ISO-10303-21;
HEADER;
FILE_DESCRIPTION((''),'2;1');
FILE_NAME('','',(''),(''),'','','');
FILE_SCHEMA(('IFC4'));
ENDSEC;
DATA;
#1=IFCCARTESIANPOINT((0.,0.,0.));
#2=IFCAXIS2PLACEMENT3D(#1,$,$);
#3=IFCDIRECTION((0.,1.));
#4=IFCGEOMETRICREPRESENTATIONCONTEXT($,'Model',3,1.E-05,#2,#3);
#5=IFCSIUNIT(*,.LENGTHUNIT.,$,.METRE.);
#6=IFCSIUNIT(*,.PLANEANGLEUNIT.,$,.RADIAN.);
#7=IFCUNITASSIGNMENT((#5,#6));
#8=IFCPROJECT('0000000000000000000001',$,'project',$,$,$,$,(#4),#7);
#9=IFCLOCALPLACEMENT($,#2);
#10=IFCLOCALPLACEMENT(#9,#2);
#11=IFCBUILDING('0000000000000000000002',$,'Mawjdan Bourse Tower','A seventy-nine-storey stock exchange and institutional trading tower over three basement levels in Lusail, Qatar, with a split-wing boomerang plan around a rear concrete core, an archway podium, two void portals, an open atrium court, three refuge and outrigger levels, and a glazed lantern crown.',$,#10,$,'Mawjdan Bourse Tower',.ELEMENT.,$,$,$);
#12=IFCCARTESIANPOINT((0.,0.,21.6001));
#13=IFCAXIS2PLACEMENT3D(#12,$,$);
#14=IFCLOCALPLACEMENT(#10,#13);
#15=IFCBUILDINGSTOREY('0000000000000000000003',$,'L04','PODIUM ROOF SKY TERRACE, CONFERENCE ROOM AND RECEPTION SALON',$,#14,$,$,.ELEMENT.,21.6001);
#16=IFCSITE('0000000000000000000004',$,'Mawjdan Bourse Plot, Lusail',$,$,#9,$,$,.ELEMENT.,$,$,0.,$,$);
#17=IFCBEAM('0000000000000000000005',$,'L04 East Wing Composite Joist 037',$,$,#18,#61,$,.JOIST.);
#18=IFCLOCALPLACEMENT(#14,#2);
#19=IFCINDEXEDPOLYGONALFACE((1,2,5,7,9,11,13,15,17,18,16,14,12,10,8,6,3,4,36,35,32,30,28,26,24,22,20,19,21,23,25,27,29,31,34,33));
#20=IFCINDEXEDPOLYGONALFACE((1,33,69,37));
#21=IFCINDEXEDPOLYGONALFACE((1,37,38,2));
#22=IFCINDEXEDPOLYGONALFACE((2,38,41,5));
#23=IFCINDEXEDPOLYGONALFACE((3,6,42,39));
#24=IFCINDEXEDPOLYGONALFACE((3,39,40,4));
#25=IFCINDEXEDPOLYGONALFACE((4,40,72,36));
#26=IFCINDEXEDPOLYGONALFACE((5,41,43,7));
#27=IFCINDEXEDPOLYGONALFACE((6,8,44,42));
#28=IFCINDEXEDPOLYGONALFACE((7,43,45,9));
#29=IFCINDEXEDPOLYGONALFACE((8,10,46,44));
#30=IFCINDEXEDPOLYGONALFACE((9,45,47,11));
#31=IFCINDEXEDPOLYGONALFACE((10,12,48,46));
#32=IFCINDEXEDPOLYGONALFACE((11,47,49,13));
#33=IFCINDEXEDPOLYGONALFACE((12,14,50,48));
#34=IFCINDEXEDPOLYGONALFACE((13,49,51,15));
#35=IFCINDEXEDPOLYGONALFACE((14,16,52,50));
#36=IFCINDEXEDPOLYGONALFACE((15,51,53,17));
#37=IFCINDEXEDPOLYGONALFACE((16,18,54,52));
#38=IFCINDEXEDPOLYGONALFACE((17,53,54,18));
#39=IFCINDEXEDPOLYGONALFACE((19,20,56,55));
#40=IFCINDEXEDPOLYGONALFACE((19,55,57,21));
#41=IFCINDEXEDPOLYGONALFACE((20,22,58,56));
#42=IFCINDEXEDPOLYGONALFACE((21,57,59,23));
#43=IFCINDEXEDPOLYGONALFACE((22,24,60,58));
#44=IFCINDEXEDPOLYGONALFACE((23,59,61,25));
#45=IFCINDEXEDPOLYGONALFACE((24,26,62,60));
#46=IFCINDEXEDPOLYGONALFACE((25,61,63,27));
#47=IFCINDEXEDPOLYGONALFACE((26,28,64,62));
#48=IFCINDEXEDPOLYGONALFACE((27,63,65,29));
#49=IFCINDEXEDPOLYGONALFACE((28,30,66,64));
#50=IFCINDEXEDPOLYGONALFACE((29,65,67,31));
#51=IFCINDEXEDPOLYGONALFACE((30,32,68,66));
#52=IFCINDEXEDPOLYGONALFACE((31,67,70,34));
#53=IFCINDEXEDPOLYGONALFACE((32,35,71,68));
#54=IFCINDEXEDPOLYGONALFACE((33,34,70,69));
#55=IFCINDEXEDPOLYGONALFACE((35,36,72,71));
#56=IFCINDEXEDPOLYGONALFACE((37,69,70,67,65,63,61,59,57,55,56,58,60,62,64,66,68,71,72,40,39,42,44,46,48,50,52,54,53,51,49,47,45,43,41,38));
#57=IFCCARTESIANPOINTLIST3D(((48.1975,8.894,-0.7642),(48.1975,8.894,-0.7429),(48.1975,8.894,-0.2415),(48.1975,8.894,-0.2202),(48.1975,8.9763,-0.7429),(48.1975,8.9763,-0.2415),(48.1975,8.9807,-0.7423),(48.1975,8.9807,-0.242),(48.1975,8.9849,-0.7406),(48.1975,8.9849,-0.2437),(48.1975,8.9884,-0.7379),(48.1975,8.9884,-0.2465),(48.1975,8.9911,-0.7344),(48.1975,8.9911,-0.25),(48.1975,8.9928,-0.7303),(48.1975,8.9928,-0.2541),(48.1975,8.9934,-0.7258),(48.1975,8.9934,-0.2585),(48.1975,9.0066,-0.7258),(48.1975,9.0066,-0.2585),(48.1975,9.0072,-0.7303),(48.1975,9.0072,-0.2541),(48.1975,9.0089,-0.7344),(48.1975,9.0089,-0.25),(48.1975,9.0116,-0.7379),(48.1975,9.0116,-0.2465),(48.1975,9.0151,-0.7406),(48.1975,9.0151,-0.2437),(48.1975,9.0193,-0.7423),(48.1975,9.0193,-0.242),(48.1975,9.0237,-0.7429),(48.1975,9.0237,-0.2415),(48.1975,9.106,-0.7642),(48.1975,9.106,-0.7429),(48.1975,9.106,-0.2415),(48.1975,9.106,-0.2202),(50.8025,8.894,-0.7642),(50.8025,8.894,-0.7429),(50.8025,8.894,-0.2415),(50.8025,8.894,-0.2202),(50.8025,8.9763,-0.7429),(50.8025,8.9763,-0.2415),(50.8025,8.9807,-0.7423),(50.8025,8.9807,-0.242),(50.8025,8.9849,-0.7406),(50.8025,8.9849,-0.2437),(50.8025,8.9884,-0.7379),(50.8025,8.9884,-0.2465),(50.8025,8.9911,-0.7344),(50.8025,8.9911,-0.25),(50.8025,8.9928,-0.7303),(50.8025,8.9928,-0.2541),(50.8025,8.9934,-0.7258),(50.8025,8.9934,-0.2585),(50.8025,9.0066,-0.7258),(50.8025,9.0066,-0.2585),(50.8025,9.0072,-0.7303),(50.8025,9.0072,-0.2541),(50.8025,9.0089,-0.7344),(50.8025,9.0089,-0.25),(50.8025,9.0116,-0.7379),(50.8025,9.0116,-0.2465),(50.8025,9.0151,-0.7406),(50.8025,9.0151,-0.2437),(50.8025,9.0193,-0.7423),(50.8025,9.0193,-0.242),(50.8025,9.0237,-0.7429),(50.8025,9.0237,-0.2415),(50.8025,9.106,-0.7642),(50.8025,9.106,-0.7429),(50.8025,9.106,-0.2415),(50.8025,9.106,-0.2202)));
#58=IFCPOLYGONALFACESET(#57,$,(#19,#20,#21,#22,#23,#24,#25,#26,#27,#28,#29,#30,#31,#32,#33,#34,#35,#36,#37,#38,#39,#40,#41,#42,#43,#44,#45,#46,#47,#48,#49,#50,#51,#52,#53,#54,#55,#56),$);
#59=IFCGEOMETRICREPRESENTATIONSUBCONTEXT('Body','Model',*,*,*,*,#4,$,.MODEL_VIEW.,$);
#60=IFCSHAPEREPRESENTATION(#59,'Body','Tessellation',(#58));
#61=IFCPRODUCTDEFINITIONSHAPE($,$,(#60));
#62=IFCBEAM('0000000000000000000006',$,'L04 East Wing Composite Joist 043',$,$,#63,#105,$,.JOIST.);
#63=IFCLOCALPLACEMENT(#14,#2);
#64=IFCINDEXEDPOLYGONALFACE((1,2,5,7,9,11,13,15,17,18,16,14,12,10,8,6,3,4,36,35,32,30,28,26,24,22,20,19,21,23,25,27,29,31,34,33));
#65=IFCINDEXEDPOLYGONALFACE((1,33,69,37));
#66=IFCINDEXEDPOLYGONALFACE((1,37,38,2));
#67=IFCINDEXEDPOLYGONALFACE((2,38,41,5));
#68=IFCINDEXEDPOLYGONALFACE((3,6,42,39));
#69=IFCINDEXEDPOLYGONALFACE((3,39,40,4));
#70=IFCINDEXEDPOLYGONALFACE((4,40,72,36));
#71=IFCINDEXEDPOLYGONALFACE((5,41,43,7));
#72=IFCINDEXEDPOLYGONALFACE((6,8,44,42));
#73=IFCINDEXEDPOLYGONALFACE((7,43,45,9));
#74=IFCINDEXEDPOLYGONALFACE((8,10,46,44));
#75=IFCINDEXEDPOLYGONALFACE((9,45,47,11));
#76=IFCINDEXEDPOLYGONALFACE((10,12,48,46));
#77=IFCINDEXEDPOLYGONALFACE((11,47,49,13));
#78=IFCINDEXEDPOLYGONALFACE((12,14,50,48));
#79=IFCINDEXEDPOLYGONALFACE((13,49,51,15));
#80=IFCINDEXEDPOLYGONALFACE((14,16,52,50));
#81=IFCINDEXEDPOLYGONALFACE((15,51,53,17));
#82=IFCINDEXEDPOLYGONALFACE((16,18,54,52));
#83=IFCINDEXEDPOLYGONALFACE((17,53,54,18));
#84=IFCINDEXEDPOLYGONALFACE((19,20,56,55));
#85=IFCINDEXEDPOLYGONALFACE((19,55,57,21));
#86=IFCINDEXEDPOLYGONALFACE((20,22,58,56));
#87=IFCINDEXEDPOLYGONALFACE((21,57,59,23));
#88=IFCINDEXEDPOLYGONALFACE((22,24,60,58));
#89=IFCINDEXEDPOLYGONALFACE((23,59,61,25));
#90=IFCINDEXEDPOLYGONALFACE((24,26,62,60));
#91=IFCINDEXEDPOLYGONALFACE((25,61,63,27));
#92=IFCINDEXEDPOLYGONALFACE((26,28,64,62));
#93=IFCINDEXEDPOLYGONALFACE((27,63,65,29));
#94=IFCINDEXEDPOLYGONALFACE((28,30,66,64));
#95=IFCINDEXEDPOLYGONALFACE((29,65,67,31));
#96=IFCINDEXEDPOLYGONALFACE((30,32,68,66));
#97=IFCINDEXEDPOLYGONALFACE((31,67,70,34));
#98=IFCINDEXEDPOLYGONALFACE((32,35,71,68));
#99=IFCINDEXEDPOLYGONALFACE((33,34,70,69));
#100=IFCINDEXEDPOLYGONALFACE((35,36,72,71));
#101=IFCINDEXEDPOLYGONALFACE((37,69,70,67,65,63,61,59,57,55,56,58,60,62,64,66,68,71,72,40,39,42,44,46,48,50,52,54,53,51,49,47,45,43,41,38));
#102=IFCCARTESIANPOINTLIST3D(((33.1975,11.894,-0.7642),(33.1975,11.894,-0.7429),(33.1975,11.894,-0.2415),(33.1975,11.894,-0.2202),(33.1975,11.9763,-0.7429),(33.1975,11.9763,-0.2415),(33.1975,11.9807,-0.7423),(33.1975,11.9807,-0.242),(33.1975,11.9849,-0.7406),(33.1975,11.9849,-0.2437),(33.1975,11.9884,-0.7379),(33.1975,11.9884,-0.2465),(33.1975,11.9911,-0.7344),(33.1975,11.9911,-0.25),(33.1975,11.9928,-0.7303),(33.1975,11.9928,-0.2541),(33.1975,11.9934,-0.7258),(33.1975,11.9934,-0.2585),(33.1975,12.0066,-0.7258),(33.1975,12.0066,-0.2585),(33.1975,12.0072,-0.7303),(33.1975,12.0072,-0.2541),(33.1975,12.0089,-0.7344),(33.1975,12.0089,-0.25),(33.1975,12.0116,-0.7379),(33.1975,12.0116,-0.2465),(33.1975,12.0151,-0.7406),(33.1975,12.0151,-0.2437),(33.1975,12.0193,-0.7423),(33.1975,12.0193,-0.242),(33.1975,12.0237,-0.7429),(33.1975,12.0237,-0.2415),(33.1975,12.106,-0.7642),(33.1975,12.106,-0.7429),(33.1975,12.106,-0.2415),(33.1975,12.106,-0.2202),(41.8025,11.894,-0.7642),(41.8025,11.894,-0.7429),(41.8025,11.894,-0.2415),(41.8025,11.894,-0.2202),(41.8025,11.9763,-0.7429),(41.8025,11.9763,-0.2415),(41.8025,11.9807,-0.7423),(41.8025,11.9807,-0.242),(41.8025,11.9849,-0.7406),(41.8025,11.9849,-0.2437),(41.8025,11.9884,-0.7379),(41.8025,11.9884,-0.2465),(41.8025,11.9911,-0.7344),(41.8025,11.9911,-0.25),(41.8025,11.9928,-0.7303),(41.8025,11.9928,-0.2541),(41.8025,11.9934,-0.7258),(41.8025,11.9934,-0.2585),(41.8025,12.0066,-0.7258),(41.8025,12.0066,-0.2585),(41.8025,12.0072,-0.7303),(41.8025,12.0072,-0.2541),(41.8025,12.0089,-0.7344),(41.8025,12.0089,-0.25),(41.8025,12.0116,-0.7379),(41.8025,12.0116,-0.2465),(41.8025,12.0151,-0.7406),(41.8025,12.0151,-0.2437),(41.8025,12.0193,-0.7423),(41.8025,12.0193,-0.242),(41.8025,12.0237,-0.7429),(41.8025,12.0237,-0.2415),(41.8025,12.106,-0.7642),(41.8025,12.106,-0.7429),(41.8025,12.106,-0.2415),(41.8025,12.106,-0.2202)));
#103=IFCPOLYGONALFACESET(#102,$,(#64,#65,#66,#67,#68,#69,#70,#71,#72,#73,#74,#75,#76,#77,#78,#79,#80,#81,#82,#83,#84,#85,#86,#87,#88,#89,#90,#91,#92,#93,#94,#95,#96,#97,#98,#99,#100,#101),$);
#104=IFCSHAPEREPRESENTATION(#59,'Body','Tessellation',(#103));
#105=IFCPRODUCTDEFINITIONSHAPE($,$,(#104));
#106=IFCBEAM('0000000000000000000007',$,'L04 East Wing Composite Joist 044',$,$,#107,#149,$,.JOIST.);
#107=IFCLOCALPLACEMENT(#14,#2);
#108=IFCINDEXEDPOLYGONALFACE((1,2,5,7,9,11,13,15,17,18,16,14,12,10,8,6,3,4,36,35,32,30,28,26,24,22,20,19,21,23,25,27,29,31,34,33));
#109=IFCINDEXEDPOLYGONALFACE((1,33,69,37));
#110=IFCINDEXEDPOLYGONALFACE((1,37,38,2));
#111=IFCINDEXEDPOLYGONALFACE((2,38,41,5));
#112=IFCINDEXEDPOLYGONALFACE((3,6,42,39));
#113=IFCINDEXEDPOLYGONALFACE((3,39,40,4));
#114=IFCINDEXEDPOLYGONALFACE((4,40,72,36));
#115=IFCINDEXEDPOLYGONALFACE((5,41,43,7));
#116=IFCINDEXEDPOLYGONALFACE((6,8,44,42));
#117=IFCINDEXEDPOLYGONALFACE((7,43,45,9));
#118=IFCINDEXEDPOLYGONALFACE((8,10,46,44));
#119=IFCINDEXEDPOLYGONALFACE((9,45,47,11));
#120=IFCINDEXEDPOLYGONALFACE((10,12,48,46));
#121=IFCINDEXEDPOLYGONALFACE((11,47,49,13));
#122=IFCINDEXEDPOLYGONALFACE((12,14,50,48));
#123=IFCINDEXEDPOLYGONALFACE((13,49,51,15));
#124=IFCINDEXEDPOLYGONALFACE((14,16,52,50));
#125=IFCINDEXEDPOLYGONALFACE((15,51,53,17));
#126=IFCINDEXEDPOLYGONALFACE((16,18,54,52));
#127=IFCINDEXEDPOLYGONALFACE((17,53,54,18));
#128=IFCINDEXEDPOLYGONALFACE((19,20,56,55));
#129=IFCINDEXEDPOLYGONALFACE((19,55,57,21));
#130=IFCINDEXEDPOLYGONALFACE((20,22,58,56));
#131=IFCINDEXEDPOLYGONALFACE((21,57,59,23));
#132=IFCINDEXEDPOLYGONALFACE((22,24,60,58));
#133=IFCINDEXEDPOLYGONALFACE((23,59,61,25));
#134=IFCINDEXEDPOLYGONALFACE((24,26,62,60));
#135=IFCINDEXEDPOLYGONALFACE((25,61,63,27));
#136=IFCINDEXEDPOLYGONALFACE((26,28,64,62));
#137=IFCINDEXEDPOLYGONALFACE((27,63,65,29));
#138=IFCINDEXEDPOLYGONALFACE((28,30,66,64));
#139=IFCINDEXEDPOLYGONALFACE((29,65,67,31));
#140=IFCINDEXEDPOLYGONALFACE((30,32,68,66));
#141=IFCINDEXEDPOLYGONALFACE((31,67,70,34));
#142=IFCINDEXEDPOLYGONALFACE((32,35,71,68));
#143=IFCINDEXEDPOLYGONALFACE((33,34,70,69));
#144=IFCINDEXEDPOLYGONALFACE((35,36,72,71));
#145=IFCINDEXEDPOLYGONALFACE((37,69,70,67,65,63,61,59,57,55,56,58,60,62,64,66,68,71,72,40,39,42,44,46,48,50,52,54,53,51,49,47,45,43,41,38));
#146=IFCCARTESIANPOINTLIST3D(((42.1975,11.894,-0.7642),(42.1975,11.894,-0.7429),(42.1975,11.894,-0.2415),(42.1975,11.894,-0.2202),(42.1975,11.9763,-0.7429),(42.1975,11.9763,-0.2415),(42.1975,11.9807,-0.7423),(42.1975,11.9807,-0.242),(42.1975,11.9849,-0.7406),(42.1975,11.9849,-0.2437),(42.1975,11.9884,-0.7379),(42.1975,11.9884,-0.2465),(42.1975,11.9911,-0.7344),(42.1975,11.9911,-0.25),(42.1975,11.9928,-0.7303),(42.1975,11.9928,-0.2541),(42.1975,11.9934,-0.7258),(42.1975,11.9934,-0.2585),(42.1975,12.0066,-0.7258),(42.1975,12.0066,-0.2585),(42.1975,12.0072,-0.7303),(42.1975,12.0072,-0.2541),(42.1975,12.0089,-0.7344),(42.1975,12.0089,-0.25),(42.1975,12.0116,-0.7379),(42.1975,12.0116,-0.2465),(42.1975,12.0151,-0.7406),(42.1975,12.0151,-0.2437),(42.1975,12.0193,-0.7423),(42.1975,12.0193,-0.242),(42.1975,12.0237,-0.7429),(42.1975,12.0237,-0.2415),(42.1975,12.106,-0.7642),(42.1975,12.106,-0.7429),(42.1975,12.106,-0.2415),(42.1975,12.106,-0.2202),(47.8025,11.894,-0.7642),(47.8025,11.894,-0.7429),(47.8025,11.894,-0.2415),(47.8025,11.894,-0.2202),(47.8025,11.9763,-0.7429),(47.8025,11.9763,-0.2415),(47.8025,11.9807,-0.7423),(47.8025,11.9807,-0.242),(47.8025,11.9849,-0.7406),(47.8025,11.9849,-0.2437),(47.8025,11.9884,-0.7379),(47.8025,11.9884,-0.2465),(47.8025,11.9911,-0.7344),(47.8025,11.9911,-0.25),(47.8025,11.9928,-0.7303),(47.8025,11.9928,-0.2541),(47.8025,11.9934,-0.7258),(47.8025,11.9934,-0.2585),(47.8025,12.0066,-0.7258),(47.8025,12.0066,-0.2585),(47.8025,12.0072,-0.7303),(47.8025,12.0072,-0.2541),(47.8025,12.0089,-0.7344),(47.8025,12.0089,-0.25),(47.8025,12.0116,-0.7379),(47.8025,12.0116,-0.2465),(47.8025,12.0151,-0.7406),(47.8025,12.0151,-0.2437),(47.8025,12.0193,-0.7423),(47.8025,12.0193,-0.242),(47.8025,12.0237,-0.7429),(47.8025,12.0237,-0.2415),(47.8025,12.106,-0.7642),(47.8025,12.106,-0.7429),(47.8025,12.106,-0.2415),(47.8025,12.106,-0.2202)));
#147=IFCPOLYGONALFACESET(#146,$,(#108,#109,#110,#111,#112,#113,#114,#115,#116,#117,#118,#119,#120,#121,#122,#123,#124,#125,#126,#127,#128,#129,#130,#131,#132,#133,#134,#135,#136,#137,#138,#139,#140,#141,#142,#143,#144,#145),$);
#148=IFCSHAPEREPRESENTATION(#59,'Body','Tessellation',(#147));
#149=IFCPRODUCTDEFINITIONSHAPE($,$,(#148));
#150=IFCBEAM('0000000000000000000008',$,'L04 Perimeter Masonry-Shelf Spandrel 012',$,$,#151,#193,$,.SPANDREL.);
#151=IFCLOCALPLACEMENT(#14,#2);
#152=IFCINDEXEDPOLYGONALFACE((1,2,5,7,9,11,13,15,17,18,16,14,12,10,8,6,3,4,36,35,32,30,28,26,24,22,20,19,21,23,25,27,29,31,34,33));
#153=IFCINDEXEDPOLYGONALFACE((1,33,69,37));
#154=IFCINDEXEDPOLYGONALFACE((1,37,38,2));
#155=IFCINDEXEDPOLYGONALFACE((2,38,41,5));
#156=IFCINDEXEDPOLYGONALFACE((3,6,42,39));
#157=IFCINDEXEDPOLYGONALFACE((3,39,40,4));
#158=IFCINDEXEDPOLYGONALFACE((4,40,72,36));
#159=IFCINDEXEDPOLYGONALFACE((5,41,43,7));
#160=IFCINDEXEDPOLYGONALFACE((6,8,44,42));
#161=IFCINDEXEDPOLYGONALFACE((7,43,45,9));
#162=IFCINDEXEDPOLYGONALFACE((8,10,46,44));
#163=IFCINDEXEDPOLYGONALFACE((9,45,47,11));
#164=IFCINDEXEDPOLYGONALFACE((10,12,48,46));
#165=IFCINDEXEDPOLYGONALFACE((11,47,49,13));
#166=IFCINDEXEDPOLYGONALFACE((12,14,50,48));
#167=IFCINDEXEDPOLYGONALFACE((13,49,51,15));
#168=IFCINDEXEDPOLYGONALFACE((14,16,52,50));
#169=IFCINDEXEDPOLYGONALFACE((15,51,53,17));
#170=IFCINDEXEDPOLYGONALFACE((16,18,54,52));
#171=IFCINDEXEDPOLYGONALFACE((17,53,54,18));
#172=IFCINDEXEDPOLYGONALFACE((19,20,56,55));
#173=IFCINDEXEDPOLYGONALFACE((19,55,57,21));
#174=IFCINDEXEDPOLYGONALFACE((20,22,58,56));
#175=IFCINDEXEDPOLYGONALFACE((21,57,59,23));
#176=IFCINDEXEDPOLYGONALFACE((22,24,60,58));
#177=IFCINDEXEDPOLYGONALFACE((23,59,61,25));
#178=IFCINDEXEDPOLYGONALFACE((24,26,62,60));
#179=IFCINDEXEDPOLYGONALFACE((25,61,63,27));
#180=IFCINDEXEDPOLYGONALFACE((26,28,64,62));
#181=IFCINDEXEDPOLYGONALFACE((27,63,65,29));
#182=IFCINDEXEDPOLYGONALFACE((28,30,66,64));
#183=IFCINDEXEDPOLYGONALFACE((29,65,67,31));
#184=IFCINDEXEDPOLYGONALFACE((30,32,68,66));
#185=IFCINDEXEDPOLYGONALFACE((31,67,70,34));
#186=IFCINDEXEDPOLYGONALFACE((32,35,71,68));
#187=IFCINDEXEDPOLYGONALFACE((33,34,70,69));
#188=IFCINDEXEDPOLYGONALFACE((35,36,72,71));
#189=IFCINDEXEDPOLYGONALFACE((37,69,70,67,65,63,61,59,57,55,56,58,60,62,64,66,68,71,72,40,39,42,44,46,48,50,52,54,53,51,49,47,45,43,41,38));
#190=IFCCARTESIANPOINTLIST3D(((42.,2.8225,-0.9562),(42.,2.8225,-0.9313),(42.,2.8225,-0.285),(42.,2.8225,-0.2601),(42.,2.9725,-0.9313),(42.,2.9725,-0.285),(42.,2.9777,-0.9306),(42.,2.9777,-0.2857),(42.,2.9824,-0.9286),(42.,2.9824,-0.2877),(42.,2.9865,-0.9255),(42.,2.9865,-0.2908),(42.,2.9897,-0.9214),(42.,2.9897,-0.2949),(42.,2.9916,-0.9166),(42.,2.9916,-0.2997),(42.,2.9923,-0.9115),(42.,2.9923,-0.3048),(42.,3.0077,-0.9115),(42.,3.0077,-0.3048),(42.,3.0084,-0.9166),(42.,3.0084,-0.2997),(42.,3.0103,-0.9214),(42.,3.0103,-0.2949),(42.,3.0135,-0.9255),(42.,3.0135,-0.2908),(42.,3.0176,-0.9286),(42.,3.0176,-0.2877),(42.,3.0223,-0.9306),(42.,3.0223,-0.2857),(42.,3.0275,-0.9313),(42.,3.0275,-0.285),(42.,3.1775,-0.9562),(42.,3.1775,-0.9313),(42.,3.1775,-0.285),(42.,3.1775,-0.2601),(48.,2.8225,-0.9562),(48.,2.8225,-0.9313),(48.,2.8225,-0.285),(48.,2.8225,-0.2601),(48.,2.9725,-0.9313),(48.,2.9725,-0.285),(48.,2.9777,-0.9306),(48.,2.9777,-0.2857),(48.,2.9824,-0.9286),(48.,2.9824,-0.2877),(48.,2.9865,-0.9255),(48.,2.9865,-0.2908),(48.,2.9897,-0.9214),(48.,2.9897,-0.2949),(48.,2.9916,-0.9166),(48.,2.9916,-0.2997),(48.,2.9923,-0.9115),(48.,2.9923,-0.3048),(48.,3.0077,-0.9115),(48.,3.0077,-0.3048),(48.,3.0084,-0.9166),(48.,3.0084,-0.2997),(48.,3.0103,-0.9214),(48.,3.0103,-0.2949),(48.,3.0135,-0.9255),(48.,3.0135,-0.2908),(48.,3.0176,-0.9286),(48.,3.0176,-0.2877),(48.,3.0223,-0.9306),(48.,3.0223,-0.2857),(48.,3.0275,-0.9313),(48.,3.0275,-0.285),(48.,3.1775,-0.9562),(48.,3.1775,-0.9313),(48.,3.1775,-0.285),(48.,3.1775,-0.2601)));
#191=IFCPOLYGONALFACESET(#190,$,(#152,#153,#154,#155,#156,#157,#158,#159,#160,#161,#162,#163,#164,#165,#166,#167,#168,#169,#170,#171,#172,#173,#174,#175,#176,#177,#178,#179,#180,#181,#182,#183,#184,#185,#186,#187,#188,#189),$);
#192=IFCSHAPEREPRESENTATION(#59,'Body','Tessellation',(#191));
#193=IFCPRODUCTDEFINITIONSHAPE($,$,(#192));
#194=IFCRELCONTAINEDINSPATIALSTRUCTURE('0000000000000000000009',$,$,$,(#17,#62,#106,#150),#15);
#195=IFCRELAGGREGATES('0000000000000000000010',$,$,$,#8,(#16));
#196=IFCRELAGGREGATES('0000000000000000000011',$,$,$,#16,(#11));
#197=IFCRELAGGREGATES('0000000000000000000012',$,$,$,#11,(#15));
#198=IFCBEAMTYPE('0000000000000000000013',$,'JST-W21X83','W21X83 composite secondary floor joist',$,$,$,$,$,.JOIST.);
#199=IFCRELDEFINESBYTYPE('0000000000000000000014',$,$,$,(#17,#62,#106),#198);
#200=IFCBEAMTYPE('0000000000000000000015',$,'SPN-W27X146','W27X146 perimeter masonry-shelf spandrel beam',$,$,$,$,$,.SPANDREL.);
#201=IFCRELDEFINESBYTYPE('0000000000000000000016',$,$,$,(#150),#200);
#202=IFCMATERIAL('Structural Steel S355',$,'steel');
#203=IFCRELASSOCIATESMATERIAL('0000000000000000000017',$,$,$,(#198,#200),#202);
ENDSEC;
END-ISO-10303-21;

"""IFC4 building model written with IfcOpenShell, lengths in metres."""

from ifc_helpers import new_model, si_unit, direction, frame, origin, origin_2d, place, context, subcontext, project, spatial, i_section, extrude, material, material_profile, profile_set, type_object, element, save


model = new_model("IFC4")

# Units and contexts
model_context = context("Model", 3, precision=1e-05, world=origin(), true_north=direction((0.0, 1.0)))
body_context = subcontext(model_context, "Body", "Model", "MODEL_VIEW")
ifc_project = project(units=[si_unit("LENGTHUNIT", "METRE"), si_unit("PLANEANGLEUNIT", "RADIAN")], contexts=[model_context])

# Site, building, storey
site_placement = place(None, origin())
site = spatial("IfcSite", under=ifc_project, at=site_placement, Name="Mawjdan Bourse Plot, Lusail", CompositionType="ELEMENT", RefElevation=0.0)
building_placement = place(site_placement, origin())
building = spatial("IfcBuilding", under=site, at=building_placement, Name="Mawjdan Bourse Tower", Description="A seventy-nine-storey stock exchange and institutional trading tower over three basement levels in Lusail, Qatar, with a split-wing boomerang plan around a rear concrete core, an archway podium, two void portals, an open atrium court, three refuge and outrigger levels, and a glazed lantern crown.", LongName="Mawjdan Bourse Tower", CompositionType="ELEMENT")
storey_placement = place(building_placement, frame((0.0, 0.0, 21.6001)))
storey = spatial("IfcBuildingStorey", under=building, at=storey_placement, Name="L04", Description="PODIUM ROOF SKY TERRACE, CONFERENCE ROOM AND RECEPTION SALON", CompositionType="ELEMENT", Elevation=21.6001)

# Beams
ifc_material_1 = material(Name="Structural Steel S355", Category="steel")
ifc_material_profile_1 = material_profile(ifc_material_1, i_section(OverallWidth=0.2119, OverallDepth=0.5439, WebThickness=0.0132, FlangeThickness=0.0212, FilletRadius=0.0171, at=origin_2d()), Name="W21X83")
ifc_profile_set_1 = profile_set([ifc_material_profile_1], Name="Structural Steel S355")
beam_type_1 = type_object("IfcBeamType", Name="JST-W21X83", Description="W21X83 composite secondary floor joist", PredefinedType="JOIST", material=ifc_profile_set_1)
beam_1_placement = place(storey_placement, frame((48.1975, 9.0, -0.4922), z_axis=(1.0, 0.0, 0.0), x_axis=(0.0, 1.0, 0.0)))
element("IfcBeam", 1, at=beam_1_placement, inside=storey, type_object=beam_type_1, Name="L04 East Wing Composite Joist 037", PredefinedType="JOIST", context=body_context, shape_type="SweptSolid", body=[
    extrude(i_section(OverallWidth=0.2119, OverallDepth=0.5439, WebThickness=0.0132, FlangeThickness=0.0212, FilletRadius=0.0171, at=origin_2d()), origin(), (0.0, 0.0, 1.0), 2.605),
])
beam_2_placement = place(storey_placement, frame((33.1975, 12.0, -0.4922), z_axis=(1.0, 0.0, 0.0), x_axis=(0.0, 1.0, 0.0)))
element("IfcBeam", 2, at=beam_2_placement, inside=storey, type_object=beam_type_1, Name="L04 East Wing Composite Joist 043", PredefinedType="JOIST", context=body_context, shape_type="SweptSolid", body=[
    extrude(i_section(OverallWidth=0.2119, OverallDepth=0.5439, WebThickness=0.0132, FlangeThickness=0.0212, FilletRadius=0.0171, at=origin_2d()), origin(), (0.0, 0.0, 1.0), 8.605),
])
beam_3_placement = place(storey_placement, frame((42.1975, 12.0, -0.4922), z_axis=(1.0, 0.0, 0.0), x_axis=(0.0, 1.0, 0.0)))
element("IfcBeam", 3, at=beam_3_placement, inside=storey, type_object=beam_type_1, Name="L04 East Wing Composite Joist 044", PredefinedType="JOIST", context=body_context, shape_type="SweptSolid", body=[
    extrude(i_section(OverallWidth=0.2119, OverallDepth=0.5439, WebThickness=0.0132, FlangeThickness=0.0212, FilletRadius=0.0171, at=origin_2d()), origin(), (0.0, 0.0, 1.0), 5.605),
])
ifc_material_profile_2 = material_profile(ifc_material_1, i_section(OverallWidth=0.355, OverallDepth=0.696, WebThickness=0.0154, FlangeThickness=0.0249, FilletRadius=0.0198, at=origin_2d()), Name="W27X146")
ifc_profile_set_2 = profile_set([ifc_material_profile_2], Name="Structural Steel S355")
beam_type_2 = type_object("IfcBeamType", Name="SPN-W27X146", Description="W27X146 perimeter masonry-shelf spandrel beam", PredefinedType="SPANDREL", material=ifc_profile_set_2)
beam_4_placement = place(storey_placement, frame((42.0, 3.0, -0.6082), z_axis=(1.0, 0.0, 0.0), x_axis=(0.0, 1.0, 0.0)))
element("IfcBeam", 4, at=beam_4_placement, inside=storey, type_object=beam_type_2, Name="L04 Perimeter Masonry-Shelf Spandrel 012", PredefinedType="SPANDREL", context=body_context, shape_type="SweptSolid", body=[
    extrude(i_section(OverallWidth=0.355, OverallDepth=0.696, WebThickness=0.0154, FlangeThickness=0.0249, FilletRadius=0.0198, at=origin_2d()), origin(), (0.0, 0.0, 1.0), 6.0),
])

save(model, "model.ifc")
